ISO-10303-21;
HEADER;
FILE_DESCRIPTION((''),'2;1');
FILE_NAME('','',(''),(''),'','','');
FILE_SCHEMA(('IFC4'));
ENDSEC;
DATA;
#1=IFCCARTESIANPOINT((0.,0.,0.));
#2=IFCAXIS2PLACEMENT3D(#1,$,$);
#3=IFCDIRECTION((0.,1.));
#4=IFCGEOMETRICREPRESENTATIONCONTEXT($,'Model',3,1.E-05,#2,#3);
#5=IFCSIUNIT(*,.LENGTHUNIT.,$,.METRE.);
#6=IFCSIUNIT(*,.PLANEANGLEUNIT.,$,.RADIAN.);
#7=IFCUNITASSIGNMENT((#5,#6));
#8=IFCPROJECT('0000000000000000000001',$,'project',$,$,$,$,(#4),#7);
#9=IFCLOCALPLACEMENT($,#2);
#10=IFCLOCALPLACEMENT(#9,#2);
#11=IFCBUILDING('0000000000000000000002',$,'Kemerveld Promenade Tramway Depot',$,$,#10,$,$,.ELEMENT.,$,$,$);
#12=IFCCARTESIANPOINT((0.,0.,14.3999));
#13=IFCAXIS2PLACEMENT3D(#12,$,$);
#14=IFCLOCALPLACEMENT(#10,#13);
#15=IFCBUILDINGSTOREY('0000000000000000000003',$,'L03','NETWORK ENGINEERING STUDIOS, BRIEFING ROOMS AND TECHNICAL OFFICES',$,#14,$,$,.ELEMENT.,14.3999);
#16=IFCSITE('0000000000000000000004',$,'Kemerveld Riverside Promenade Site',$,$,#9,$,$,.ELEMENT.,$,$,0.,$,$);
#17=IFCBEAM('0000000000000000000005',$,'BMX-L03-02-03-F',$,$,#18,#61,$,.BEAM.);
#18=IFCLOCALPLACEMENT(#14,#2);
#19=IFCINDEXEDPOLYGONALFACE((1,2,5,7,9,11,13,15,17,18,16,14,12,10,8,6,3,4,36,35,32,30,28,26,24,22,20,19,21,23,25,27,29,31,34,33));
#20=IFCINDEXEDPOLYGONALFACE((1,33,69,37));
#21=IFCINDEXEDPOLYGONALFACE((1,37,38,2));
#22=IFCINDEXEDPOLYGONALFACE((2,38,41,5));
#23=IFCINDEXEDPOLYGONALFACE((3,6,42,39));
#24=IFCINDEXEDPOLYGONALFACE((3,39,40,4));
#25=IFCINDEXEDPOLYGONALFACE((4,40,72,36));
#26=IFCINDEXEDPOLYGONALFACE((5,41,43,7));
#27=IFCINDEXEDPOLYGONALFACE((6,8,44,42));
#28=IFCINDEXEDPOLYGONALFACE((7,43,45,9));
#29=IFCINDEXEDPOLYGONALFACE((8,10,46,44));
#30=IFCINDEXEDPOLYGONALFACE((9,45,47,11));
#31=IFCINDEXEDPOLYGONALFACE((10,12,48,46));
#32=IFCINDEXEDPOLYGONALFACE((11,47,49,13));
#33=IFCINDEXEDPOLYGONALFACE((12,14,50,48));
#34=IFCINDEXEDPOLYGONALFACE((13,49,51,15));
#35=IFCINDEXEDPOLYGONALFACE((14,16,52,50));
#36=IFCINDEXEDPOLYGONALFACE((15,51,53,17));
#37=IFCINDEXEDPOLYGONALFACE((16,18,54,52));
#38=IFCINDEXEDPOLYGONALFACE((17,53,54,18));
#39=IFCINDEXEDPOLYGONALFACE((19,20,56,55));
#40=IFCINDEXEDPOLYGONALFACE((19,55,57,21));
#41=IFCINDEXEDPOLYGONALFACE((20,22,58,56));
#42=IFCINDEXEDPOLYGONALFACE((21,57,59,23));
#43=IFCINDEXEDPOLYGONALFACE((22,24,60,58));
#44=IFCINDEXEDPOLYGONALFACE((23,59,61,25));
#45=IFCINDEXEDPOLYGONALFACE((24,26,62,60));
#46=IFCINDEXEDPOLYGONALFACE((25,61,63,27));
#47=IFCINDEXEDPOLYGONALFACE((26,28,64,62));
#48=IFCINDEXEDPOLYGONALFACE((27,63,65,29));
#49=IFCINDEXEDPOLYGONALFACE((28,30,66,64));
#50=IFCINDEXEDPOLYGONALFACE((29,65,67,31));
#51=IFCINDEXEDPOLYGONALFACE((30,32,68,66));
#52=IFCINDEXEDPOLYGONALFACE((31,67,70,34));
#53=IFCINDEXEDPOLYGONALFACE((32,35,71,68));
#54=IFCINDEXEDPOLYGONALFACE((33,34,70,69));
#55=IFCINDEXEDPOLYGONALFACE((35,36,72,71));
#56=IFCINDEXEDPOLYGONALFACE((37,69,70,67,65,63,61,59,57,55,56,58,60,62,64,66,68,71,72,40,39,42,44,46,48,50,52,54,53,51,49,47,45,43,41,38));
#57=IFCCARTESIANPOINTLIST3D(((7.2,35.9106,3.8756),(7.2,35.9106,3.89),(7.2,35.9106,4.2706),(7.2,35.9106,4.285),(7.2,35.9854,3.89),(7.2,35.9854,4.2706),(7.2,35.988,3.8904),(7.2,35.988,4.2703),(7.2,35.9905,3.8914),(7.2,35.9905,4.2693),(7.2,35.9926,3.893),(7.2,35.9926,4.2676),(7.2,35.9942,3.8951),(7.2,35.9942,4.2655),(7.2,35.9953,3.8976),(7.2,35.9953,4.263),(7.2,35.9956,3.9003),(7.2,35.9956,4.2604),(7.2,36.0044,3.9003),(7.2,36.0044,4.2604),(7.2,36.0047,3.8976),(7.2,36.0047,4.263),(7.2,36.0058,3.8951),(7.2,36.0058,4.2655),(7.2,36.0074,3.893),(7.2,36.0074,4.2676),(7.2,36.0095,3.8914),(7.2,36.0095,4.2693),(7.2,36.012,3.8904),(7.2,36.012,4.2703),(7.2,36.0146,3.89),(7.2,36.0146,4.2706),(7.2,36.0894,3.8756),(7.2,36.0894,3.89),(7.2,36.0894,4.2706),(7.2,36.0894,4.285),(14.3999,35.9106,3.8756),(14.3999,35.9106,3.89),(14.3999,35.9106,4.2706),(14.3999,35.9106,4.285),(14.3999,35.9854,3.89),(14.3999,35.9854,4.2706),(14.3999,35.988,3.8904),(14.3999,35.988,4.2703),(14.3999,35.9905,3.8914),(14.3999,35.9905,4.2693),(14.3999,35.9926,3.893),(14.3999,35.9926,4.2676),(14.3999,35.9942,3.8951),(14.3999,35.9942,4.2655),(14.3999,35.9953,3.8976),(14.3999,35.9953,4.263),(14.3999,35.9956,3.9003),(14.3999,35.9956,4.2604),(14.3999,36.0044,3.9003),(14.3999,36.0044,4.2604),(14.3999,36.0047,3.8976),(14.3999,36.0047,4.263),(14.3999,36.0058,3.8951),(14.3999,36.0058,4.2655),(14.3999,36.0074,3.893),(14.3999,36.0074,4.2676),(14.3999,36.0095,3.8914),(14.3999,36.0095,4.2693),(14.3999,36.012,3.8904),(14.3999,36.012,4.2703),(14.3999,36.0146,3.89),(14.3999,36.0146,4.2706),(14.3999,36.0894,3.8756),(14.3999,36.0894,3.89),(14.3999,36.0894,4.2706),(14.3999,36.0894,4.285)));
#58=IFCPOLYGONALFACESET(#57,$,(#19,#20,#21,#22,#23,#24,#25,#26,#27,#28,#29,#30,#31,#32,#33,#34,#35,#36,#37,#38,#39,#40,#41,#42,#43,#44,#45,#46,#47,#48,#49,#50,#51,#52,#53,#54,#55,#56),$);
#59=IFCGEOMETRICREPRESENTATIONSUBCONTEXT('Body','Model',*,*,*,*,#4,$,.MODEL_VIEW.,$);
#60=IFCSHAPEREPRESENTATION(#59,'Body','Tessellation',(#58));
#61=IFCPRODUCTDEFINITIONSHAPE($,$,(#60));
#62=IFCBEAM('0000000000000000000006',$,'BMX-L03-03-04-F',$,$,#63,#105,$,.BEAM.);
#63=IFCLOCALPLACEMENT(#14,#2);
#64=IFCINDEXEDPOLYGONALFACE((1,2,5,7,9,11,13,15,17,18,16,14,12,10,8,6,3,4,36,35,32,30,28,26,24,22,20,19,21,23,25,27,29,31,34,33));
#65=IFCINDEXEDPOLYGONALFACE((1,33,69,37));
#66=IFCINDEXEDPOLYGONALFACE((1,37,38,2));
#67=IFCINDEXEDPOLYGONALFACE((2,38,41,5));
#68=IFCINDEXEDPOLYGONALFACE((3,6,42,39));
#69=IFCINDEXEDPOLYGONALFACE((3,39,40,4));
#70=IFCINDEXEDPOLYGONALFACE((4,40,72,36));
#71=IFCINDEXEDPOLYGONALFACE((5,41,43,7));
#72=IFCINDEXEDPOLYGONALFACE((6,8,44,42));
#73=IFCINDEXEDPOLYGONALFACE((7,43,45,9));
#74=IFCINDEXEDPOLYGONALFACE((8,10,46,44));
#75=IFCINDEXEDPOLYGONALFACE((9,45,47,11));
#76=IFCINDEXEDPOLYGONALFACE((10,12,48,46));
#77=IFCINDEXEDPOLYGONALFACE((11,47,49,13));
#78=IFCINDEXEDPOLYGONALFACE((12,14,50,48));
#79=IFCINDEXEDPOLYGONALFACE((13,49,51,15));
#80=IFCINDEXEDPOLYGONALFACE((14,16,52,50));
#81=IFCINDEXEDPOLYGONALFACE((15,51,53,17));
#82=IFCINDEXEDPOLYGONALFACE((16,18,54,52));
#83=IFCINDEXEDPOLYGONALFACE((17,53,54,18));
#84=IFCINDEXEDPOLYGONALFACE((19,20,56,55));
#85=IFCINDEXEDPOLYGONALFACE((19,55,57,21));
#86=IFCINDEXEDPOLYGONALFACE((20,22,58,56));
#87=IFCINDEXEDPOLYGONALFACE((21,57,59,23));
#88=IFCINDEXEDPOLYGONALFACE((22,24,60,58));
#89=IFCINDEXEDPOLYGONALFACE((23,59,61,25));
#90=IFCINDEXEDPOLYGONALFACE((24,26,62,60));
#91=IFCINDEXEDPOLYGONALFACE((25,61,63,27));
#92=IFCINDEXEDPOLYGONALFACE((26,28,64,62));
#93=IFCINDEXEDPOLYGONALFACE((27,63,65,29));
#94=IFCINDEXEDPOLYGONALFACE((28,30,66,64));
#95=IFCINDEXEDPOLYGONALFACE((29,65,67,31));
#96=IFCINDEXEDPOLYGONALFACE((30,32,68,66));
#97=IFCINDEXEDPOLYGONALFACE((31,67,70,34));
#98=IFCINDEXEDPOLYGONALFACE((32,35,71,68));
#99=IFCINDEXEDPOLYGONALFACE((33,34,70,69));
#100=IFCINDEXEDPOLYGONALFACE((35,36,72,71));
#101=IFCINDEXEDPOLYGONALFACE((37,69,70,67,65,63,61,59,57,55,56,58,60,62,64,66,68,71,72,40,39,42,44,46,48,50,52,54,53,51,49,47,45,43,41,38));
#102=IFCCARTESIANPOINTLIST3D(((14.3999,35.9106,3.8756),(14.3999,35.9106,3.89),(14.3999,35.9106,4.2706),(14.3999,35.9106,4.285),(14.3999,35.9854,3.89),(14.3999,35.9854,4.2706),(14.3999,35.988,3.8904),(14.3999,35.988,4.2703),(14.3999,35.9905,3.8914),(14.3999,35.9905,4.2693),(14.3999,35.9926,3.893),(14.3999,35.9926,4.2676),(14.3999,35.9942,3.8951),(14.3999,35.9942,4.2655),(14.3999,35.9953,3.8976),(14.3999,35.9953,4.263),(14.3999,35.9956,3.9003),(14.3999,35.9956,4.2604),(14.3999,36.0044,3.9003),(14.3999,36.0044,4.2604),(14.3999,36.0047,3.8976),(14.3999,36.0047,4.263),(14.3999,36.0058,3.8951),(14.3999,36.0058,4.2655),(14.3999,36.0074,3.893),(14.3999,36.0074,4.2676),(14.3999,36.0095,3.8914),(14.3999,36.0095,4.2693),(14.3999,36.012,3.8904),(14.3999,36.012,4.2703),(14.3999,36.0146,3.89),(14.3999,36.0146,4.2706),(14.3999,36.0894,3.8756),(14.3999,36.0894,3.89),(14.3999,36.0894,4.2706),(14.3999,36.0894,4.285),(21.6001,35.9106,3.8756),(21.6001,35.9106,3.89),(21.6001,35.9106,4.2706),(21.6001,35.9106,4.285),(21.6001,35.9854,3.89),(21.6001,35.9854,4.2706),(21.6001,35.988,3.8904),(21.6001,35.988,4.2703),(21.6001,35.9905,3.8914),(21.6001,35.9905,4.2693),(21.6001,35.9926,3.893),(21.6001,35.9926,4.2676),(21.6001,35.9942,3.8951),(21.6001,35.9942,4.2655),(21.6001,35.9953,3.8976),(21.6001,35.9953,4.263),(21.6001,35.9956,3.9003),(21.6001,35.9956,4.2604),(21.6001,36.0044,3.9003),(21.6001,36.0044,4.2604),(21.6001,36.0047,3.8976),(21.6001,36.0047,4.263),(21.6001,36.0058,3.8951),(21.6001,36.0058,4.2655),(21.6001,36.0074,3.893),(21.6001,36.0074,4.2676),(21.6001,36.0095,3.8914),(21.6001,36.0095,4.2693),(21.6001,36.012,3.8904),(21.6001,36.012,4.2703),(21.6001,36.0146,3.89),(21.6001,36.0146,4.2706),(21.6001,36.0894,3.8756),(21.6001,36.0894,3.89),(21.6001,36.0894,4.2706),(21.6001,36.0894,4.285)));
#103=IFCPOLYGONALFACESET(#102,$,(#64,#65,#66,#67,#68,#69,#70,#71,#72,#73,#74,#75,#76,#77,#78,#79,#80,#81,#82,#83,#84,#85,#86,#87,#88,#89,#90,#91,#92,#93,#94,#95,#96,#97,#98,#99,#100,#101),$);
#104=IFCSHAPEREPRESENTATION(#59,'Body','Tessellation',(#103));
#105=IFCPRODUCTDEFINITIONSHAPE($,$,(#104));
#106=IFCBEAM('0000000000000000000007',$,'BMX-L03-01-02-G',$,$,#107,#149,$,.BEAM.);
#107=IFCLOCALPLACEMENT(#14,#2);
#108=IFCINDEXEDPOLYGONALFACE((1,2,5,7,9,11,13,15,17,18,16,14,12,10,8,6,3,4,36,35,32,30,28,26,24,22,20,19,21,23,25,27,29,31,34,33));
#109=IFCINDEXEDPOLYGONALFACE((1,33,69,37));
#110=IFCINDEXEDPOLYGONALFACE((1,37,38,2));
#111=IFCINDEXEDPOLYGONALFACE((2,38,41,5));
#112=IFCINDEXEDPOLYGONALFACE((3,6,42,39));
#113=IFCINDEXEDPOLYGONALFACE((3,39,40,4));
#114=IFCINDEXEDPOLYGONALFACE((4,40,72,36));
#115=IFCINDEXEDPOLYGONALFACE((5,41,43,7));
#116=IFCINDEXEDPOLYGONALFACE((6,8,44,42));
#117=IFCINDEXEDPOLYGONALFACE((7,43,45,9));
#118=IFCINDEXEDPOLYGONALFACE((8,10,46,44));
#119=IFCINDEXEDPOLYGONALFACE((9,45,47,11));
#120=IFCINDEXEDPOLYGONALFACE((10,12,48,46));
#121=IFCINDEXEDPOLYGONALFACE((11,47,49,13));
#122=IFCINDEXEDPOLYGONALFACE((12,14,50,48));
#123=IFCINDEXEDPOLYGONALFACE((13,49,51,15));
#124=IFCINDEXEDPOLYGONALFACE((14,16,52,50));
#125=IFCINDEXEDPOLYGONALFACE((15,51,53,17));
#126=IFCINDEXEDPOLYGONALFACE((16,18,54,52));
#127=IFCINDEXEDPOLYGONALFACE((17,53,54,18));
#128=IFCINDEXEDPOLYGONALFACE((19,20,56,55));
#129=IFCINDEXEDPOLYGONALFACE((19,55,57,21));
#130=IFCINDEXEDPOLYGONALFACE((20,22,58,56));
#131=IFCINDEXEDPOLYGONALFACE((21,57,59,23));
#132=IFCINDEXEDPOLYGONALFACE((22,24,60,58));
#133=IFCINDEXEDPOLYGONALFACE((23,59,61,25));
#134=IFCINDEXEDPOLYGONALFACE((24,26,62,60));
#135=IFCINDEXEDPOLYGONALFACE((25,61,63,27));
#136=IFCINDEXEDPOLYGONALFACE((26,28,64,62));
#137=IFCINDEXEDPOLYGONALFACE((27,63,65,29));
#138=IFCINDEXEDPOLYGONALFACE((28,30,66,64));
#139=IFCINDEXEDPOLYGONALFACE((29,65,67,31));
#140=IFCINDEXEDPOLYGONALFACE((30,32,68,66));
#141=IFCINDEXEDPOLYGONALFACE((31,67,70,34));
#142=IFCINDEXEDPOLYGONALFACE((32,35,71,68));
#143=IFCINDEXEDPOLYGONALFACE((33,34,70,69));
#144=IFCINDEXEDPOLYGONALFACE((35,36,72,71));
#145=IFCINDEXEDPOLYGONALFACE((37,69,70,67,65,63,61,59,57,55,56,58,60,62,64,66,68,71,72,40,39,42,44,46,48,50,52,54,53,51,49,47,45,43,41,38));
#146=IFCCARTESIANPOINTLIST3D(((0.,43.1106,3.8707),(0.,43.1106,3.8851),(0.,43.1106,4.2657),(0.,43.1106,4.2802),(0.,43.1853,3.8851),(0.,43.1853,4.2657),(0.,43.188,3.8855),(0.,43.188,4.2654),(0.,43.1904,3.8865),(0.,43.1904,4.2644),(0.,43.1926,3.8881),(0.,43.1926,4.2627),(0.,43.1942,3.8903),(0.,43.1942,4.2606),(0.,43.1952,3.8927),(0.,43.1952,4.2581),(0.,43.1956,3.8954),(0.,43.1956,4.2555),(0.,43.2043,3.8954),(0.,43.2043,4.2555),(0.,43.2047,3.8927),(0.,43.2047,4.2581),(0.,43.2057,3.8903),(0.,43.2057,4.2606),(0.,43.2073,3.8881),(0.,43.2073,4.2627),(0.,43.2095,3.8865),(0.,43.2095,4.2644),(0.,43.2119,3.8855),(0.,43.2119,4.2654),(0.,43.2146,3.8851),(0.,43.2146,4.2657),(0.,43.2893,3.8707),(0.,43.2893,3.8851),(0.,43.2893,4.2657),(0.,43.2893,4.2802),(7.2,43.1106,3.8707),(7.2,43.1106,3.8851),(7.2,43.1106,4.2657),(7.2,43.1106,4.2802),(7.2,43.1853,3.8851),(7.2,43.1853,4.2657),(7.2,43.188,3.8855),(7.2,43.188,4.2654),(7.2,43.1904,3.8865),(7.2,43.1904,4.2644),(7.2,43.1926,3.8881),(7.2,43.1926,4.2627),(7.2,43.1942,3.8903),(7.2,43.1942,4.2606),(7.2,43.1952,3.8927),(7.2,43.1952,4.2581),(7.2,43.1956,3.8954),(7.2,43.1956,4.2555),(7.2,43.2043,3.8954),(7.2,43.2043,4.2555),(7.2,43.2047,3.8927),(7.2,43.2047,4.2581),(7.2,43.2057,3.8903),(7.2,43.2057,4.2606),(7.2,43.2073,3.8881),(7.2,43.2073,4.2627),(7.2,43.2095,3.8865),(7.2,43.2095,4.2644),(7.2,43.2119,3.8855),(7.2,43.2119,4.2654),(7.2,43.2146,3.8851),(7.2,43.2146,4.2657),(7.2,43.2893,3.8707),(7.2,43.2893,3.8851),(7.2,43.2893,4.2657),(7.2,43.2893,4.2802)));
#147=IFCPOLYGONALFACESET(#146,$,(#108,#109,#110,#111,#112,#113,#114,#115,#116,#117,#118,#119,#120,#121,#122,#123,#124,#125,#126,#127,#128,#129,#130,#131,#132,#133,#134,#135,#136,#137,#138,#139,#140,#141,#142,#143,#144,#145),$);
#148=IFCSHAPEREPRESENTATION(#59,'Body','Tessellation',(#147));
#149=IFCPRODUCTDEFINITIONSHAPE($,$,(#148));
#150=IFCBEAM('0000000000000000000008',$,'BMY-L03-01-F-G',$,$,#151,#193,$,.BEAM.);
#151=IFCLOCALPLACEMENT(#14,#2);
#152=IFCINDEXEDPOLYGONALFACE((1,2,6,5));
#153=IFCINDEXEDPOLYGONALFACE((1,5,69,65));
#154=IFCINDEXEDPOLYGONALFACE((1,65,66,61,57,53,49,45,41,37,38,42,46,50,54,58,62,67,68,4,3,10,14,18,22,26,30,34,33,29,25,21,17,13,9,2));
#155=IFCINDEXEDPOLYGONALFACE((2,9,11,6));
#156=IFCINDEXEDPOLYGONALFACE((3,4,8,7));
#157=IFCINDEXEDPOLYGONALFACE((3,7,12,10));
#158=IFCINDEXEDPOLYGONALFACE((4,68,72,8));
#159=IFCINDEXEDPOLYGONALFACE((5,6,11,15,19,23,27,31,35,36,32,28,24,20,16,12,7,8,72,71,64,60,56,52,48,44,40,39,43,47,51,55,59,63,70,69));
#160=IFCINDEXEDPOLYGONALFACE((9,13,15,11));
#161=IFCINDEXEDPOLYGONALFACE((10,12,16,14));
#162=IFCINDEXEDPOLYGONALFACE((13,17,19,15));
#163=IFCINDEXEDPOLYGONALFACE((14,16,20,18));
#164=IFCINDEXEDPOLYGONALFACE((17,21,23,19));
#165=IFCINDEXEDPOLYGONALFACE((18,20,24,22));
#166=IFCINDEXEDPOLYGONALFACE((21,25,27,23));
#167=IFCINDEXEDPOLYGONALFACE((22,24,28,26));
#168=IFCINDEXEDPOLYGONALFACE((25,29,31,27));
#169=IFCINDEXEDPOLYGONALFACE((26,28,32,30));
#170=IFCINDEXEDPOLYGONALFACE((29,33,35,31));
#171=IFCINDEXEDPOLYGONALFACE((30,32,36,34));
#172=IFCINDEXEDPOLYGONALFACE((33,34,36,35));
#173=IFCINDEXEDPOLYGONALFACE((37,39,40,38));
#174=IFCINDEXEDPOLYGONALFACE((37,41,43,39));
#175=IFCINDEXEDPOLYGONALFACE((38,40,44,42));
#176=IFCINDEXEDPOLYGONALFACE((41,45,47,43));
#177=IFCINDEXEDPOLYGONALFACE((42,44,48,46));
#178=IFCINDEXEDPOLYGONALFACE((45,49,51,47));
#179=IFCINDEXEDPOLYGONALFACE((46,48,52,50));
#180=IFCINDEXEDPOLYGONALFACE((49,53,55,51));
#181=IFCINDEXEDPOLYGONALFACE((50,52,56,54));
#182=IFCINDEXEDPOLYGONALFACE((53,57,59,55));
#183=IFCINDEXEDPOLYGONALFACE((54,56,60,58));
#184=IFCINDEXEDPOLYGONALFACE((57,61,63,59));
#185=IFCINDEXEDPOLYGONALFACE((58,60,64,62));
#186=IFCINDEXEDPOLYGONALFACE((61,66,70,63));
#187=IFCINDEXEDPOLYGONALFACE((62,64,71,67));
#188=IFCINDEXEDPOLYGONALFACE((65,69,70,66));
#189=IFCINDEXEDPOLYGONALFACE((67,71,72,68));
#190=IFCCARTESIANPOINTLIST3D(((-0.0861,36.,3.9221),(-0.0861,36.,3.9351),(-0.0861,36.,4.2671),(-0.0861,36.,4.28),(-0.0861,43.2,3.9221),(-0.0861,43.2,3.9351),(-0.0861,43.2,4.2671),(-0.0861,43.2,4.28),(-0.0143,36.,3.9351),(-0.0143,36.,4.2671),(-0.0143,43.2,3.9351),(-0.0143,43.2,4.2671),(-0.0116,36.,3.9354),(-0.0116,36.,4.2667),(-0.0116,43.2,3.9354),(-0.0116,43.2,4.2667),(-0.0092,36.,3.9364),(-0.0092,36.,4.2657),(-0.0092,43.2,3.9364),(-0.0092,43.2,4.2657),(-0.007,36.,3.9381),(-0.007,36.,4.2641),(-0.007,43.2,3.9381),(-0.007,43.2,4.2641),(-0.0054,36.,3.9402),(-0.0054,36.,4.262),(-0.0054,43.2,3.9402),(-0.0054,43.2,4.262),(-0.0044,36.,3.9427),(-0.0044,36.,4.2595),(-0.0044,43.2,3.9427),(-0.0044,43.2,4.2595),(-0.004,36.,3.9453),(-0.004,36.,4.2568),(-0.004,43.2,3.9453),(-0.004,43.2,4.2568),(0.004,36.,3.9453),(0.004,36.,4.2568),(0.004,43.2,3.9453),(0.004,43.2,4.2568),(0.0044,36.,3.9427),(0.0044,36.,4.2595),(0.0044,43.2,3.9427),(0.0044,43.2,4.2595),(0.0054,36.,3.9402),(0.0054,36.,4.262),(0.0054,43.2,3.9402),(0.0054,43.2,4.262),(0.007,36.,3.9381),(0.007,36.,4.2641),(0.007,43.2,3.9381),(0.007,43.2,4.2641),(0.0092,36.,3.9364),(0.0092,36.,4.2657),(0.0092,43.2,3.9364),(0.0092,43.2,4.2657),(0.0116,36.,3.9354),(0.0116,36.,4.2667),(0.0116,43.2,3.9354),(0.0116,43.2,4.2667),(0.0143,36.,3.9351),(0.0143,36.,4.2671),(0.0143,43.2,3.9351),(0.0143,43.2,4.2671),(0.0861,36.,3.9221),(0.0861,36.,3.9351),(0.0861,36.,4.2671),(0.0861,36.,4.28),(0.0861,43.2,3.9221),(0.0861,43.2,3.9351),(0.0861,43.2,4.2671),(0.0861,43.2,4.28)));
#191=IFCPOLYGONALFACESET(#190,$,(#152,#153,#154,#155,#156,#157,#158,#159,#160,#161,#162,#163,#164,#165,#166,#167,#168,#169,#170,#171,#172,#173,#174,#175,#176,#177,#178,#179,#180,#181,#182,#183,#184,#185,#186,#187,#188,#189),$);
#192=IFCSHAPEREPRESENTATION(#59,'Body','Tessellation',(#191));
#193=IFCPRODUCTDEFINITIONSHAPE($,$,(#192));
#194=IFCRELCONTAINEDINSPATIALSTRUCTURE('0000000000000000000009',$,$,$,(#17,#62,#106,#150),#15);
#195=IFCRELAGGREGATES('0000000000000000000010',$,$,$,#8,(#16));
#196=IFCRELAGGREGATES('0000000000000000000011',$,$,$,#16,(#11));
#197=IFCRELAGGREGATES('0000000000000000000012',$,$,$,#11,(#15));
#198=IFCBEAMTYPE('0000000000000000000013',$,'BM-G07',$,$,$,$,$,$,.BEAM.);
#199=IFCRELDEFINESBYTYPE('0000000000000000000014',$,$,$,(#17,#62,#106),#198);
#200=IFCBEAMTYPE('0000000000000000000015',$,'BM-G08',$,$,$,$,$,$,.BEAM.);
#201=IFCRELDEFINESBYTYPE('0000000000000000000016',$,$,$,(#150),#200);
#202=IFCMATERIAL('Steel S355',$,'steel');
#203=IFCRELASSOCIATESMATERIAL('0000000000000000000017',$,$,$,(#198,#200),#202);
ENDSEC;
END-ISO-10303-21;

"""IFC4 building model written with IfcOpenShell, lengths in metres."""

from ifc_helpers import new_model, si_unit, direction, frame, origin, origin_2d, place, context, subcontext, project, spatial, i_section, extrude, material, material_profile, profile_set, type_object, element, save


model = new_model("IFC4")

# Units and contexts
model_context = context("Model", 3, precision=1e-05, world=origin(), true_north=direction((0.0, 1.0)))
body_context = subcontext(model_context, "Body", "Model", "MODEL_VIEW")
ifc_project = project(units=[si_unit("LENGTHUNIT", "METRE"), si_unit("PLANEANGLEUNIT", "RADIAN")], contexts=[model_context])

# Site, building, storey
site_placement = place(None, origin())
site = spatial("IfcSite", under=ifc_project, at=site_placement, Name="Kemerveld Riverside Promenade Site", CompositionType="ELEMENT", RefElevation=0.0)
building_placement = place(site_placement, origin())
building = spatial("IfcBuilding", under=site, at=building_placement, Name="Kemerveld Promenade Tramway Depot", CompositionType="ELEMENT")
storey_placement = place(building_placement, frame((0.0, 0.0, 14.3999)))
storey = spatial("IfcBuildingStorey", under=building, at=storey_placement, Name="L03", Description="NETWORK ENGINEERING STUDIOS, BRIEFING ROOMS AND TECHNICAL OFFICES", CompositionType="ELEMENT", Elevation=14.3999)

# Shared definitions
ifc_material_1 = material(Name="Steel S355", Category="steel")

# Beams
ifc_material_profile_1 = material_profile(ifc_material_1, i_section(OverallWidth=0.1787, OverallDepth=0.4094, WebThickness=0.0088, FlangeThickness=0.0144, FilletRadius=0.0103, at=origin_2d()), Name="406x178x67 UB")
ifc_profile_set_1 = profile_set([ifc_material_profile_1], Name="Steel S355")
beam_type_1 = type_object("IfcBeamType", Name="BM-G07", PredefinedType="BEAM", material=ifc_profile_set_1)
for number, where, z_axis, x_axis, name in (
    (1, (7.2, 36.0, 4.0803), (1.0, 0.0, 0.0), (0.0, 1.0, 0.0), "BMX-L03-02-03-F"),
):
    element("IfcBeam", number, at=place(storey_placement, frame(where, z_axis=z_axis, x_axis=x_axis)), inside=storey, type_object=beam_type_1, Name=name, PredefinedType="BEAM", context=body_context, shape_type="SweptSolid", body=[
        extrude(i_section(OverallWidth=0.1787, OverallDepth=0.4094, WebThickness=0.0088, FlangeThickness=0.0144, FilletRadius=0.0103, at=origin_2d()), origin(), (0.0, 0.0, 1.0), 7.2),
    ])
beam_1_placement = place(storey_placement, frame((14.3999, 36.0, 4.0803), z_axis=(1.0, 0.0, 0.0), x_axis=(0.0, 1.0, 0.0)))
element("IfcBeam", 2, at=beam_1_placement, inside=storey, type_object=beam_type_1, Name="BMX-L03-03-04-F", PredefinedType="BEAM", context=body_context, shape_type="SweptSolid", body=[
    extrude(i_section(OverallWidth=0.1787, OverallDepth=0.4094, WebThickness=0.0088, FlangeThickness=0.0144, FilletRadius=0.0103, at=origin_2d()), origin(), (0.0, 0.0, 1.0), 7.2002),
])
beam_2_placement = place(storey_placement, frame((0.0, 43.2, 4.0754), z_axis=(1.0, 0.0, 0.0), x_axis=(0.0, 1.0, 0.0)))
element("IfcBeam", 3, at=beam_2_placement, inside=storey, type_object=beam_type_1, Name="BMX-L03-01-02-G", PredefinedType="BEAM", context=body_context, shape_type="SweptSolid", body=[
    extrude(i_section(OverallWidth=0.1787, OverallDepth=0.4094, WebThickness=0.0088, FlangeThickness=0.0144, FilletRadius=0.0103, at=origin_2d()), origin(), (0.0, 0.0, 1.0), 7.2),
])
ifc_material_profile_2 = material_profile(ifc_material_1, i_section(OverallWidth=0.1721, OverallDepth=0.3579, WebThickness=0.0081, FlangeThickness=0.0129, FilletRadius=0.0103, at=origin_2d()), Name="356x171x57 UB")
ifc_profile_set_2 = profile_set([ifc_material_profile_2], Name="Steel S355")
beam_type_2 = type_object("IfcBeamType", Name="BM-G08", PredefinedType="BEAM", material=ifc_profile_set_2)
for number, where, z_axis, x_axis, name in (
    (4, (0.0, 36.0, 4.1011), (0.0, 1.0, 0.0), (-1.0, 0.0, 0.0), "BMY-L03-01-F-G"),
):
    element("IfcBeam", number, at=place(storey_placement, frame(where, z_axis=z_axis, x_axis=x_axis)), inside=storey, type_object=beam_type_2, Name=name, PredefinedType="BEAM", context=body_context, shape_type="SweptSolid", body=[
        extrude(i_section(OverallWidth=0.1721, OverallDepth=0.3579, WebThickness=0.0081, FlangeThickness=0.0129, FilletRadius=0.0103, at=origin_2d()), origin(), (0.0, 0.0, 1.0), 7.2),
    ])

save(model, "model.ifc")
